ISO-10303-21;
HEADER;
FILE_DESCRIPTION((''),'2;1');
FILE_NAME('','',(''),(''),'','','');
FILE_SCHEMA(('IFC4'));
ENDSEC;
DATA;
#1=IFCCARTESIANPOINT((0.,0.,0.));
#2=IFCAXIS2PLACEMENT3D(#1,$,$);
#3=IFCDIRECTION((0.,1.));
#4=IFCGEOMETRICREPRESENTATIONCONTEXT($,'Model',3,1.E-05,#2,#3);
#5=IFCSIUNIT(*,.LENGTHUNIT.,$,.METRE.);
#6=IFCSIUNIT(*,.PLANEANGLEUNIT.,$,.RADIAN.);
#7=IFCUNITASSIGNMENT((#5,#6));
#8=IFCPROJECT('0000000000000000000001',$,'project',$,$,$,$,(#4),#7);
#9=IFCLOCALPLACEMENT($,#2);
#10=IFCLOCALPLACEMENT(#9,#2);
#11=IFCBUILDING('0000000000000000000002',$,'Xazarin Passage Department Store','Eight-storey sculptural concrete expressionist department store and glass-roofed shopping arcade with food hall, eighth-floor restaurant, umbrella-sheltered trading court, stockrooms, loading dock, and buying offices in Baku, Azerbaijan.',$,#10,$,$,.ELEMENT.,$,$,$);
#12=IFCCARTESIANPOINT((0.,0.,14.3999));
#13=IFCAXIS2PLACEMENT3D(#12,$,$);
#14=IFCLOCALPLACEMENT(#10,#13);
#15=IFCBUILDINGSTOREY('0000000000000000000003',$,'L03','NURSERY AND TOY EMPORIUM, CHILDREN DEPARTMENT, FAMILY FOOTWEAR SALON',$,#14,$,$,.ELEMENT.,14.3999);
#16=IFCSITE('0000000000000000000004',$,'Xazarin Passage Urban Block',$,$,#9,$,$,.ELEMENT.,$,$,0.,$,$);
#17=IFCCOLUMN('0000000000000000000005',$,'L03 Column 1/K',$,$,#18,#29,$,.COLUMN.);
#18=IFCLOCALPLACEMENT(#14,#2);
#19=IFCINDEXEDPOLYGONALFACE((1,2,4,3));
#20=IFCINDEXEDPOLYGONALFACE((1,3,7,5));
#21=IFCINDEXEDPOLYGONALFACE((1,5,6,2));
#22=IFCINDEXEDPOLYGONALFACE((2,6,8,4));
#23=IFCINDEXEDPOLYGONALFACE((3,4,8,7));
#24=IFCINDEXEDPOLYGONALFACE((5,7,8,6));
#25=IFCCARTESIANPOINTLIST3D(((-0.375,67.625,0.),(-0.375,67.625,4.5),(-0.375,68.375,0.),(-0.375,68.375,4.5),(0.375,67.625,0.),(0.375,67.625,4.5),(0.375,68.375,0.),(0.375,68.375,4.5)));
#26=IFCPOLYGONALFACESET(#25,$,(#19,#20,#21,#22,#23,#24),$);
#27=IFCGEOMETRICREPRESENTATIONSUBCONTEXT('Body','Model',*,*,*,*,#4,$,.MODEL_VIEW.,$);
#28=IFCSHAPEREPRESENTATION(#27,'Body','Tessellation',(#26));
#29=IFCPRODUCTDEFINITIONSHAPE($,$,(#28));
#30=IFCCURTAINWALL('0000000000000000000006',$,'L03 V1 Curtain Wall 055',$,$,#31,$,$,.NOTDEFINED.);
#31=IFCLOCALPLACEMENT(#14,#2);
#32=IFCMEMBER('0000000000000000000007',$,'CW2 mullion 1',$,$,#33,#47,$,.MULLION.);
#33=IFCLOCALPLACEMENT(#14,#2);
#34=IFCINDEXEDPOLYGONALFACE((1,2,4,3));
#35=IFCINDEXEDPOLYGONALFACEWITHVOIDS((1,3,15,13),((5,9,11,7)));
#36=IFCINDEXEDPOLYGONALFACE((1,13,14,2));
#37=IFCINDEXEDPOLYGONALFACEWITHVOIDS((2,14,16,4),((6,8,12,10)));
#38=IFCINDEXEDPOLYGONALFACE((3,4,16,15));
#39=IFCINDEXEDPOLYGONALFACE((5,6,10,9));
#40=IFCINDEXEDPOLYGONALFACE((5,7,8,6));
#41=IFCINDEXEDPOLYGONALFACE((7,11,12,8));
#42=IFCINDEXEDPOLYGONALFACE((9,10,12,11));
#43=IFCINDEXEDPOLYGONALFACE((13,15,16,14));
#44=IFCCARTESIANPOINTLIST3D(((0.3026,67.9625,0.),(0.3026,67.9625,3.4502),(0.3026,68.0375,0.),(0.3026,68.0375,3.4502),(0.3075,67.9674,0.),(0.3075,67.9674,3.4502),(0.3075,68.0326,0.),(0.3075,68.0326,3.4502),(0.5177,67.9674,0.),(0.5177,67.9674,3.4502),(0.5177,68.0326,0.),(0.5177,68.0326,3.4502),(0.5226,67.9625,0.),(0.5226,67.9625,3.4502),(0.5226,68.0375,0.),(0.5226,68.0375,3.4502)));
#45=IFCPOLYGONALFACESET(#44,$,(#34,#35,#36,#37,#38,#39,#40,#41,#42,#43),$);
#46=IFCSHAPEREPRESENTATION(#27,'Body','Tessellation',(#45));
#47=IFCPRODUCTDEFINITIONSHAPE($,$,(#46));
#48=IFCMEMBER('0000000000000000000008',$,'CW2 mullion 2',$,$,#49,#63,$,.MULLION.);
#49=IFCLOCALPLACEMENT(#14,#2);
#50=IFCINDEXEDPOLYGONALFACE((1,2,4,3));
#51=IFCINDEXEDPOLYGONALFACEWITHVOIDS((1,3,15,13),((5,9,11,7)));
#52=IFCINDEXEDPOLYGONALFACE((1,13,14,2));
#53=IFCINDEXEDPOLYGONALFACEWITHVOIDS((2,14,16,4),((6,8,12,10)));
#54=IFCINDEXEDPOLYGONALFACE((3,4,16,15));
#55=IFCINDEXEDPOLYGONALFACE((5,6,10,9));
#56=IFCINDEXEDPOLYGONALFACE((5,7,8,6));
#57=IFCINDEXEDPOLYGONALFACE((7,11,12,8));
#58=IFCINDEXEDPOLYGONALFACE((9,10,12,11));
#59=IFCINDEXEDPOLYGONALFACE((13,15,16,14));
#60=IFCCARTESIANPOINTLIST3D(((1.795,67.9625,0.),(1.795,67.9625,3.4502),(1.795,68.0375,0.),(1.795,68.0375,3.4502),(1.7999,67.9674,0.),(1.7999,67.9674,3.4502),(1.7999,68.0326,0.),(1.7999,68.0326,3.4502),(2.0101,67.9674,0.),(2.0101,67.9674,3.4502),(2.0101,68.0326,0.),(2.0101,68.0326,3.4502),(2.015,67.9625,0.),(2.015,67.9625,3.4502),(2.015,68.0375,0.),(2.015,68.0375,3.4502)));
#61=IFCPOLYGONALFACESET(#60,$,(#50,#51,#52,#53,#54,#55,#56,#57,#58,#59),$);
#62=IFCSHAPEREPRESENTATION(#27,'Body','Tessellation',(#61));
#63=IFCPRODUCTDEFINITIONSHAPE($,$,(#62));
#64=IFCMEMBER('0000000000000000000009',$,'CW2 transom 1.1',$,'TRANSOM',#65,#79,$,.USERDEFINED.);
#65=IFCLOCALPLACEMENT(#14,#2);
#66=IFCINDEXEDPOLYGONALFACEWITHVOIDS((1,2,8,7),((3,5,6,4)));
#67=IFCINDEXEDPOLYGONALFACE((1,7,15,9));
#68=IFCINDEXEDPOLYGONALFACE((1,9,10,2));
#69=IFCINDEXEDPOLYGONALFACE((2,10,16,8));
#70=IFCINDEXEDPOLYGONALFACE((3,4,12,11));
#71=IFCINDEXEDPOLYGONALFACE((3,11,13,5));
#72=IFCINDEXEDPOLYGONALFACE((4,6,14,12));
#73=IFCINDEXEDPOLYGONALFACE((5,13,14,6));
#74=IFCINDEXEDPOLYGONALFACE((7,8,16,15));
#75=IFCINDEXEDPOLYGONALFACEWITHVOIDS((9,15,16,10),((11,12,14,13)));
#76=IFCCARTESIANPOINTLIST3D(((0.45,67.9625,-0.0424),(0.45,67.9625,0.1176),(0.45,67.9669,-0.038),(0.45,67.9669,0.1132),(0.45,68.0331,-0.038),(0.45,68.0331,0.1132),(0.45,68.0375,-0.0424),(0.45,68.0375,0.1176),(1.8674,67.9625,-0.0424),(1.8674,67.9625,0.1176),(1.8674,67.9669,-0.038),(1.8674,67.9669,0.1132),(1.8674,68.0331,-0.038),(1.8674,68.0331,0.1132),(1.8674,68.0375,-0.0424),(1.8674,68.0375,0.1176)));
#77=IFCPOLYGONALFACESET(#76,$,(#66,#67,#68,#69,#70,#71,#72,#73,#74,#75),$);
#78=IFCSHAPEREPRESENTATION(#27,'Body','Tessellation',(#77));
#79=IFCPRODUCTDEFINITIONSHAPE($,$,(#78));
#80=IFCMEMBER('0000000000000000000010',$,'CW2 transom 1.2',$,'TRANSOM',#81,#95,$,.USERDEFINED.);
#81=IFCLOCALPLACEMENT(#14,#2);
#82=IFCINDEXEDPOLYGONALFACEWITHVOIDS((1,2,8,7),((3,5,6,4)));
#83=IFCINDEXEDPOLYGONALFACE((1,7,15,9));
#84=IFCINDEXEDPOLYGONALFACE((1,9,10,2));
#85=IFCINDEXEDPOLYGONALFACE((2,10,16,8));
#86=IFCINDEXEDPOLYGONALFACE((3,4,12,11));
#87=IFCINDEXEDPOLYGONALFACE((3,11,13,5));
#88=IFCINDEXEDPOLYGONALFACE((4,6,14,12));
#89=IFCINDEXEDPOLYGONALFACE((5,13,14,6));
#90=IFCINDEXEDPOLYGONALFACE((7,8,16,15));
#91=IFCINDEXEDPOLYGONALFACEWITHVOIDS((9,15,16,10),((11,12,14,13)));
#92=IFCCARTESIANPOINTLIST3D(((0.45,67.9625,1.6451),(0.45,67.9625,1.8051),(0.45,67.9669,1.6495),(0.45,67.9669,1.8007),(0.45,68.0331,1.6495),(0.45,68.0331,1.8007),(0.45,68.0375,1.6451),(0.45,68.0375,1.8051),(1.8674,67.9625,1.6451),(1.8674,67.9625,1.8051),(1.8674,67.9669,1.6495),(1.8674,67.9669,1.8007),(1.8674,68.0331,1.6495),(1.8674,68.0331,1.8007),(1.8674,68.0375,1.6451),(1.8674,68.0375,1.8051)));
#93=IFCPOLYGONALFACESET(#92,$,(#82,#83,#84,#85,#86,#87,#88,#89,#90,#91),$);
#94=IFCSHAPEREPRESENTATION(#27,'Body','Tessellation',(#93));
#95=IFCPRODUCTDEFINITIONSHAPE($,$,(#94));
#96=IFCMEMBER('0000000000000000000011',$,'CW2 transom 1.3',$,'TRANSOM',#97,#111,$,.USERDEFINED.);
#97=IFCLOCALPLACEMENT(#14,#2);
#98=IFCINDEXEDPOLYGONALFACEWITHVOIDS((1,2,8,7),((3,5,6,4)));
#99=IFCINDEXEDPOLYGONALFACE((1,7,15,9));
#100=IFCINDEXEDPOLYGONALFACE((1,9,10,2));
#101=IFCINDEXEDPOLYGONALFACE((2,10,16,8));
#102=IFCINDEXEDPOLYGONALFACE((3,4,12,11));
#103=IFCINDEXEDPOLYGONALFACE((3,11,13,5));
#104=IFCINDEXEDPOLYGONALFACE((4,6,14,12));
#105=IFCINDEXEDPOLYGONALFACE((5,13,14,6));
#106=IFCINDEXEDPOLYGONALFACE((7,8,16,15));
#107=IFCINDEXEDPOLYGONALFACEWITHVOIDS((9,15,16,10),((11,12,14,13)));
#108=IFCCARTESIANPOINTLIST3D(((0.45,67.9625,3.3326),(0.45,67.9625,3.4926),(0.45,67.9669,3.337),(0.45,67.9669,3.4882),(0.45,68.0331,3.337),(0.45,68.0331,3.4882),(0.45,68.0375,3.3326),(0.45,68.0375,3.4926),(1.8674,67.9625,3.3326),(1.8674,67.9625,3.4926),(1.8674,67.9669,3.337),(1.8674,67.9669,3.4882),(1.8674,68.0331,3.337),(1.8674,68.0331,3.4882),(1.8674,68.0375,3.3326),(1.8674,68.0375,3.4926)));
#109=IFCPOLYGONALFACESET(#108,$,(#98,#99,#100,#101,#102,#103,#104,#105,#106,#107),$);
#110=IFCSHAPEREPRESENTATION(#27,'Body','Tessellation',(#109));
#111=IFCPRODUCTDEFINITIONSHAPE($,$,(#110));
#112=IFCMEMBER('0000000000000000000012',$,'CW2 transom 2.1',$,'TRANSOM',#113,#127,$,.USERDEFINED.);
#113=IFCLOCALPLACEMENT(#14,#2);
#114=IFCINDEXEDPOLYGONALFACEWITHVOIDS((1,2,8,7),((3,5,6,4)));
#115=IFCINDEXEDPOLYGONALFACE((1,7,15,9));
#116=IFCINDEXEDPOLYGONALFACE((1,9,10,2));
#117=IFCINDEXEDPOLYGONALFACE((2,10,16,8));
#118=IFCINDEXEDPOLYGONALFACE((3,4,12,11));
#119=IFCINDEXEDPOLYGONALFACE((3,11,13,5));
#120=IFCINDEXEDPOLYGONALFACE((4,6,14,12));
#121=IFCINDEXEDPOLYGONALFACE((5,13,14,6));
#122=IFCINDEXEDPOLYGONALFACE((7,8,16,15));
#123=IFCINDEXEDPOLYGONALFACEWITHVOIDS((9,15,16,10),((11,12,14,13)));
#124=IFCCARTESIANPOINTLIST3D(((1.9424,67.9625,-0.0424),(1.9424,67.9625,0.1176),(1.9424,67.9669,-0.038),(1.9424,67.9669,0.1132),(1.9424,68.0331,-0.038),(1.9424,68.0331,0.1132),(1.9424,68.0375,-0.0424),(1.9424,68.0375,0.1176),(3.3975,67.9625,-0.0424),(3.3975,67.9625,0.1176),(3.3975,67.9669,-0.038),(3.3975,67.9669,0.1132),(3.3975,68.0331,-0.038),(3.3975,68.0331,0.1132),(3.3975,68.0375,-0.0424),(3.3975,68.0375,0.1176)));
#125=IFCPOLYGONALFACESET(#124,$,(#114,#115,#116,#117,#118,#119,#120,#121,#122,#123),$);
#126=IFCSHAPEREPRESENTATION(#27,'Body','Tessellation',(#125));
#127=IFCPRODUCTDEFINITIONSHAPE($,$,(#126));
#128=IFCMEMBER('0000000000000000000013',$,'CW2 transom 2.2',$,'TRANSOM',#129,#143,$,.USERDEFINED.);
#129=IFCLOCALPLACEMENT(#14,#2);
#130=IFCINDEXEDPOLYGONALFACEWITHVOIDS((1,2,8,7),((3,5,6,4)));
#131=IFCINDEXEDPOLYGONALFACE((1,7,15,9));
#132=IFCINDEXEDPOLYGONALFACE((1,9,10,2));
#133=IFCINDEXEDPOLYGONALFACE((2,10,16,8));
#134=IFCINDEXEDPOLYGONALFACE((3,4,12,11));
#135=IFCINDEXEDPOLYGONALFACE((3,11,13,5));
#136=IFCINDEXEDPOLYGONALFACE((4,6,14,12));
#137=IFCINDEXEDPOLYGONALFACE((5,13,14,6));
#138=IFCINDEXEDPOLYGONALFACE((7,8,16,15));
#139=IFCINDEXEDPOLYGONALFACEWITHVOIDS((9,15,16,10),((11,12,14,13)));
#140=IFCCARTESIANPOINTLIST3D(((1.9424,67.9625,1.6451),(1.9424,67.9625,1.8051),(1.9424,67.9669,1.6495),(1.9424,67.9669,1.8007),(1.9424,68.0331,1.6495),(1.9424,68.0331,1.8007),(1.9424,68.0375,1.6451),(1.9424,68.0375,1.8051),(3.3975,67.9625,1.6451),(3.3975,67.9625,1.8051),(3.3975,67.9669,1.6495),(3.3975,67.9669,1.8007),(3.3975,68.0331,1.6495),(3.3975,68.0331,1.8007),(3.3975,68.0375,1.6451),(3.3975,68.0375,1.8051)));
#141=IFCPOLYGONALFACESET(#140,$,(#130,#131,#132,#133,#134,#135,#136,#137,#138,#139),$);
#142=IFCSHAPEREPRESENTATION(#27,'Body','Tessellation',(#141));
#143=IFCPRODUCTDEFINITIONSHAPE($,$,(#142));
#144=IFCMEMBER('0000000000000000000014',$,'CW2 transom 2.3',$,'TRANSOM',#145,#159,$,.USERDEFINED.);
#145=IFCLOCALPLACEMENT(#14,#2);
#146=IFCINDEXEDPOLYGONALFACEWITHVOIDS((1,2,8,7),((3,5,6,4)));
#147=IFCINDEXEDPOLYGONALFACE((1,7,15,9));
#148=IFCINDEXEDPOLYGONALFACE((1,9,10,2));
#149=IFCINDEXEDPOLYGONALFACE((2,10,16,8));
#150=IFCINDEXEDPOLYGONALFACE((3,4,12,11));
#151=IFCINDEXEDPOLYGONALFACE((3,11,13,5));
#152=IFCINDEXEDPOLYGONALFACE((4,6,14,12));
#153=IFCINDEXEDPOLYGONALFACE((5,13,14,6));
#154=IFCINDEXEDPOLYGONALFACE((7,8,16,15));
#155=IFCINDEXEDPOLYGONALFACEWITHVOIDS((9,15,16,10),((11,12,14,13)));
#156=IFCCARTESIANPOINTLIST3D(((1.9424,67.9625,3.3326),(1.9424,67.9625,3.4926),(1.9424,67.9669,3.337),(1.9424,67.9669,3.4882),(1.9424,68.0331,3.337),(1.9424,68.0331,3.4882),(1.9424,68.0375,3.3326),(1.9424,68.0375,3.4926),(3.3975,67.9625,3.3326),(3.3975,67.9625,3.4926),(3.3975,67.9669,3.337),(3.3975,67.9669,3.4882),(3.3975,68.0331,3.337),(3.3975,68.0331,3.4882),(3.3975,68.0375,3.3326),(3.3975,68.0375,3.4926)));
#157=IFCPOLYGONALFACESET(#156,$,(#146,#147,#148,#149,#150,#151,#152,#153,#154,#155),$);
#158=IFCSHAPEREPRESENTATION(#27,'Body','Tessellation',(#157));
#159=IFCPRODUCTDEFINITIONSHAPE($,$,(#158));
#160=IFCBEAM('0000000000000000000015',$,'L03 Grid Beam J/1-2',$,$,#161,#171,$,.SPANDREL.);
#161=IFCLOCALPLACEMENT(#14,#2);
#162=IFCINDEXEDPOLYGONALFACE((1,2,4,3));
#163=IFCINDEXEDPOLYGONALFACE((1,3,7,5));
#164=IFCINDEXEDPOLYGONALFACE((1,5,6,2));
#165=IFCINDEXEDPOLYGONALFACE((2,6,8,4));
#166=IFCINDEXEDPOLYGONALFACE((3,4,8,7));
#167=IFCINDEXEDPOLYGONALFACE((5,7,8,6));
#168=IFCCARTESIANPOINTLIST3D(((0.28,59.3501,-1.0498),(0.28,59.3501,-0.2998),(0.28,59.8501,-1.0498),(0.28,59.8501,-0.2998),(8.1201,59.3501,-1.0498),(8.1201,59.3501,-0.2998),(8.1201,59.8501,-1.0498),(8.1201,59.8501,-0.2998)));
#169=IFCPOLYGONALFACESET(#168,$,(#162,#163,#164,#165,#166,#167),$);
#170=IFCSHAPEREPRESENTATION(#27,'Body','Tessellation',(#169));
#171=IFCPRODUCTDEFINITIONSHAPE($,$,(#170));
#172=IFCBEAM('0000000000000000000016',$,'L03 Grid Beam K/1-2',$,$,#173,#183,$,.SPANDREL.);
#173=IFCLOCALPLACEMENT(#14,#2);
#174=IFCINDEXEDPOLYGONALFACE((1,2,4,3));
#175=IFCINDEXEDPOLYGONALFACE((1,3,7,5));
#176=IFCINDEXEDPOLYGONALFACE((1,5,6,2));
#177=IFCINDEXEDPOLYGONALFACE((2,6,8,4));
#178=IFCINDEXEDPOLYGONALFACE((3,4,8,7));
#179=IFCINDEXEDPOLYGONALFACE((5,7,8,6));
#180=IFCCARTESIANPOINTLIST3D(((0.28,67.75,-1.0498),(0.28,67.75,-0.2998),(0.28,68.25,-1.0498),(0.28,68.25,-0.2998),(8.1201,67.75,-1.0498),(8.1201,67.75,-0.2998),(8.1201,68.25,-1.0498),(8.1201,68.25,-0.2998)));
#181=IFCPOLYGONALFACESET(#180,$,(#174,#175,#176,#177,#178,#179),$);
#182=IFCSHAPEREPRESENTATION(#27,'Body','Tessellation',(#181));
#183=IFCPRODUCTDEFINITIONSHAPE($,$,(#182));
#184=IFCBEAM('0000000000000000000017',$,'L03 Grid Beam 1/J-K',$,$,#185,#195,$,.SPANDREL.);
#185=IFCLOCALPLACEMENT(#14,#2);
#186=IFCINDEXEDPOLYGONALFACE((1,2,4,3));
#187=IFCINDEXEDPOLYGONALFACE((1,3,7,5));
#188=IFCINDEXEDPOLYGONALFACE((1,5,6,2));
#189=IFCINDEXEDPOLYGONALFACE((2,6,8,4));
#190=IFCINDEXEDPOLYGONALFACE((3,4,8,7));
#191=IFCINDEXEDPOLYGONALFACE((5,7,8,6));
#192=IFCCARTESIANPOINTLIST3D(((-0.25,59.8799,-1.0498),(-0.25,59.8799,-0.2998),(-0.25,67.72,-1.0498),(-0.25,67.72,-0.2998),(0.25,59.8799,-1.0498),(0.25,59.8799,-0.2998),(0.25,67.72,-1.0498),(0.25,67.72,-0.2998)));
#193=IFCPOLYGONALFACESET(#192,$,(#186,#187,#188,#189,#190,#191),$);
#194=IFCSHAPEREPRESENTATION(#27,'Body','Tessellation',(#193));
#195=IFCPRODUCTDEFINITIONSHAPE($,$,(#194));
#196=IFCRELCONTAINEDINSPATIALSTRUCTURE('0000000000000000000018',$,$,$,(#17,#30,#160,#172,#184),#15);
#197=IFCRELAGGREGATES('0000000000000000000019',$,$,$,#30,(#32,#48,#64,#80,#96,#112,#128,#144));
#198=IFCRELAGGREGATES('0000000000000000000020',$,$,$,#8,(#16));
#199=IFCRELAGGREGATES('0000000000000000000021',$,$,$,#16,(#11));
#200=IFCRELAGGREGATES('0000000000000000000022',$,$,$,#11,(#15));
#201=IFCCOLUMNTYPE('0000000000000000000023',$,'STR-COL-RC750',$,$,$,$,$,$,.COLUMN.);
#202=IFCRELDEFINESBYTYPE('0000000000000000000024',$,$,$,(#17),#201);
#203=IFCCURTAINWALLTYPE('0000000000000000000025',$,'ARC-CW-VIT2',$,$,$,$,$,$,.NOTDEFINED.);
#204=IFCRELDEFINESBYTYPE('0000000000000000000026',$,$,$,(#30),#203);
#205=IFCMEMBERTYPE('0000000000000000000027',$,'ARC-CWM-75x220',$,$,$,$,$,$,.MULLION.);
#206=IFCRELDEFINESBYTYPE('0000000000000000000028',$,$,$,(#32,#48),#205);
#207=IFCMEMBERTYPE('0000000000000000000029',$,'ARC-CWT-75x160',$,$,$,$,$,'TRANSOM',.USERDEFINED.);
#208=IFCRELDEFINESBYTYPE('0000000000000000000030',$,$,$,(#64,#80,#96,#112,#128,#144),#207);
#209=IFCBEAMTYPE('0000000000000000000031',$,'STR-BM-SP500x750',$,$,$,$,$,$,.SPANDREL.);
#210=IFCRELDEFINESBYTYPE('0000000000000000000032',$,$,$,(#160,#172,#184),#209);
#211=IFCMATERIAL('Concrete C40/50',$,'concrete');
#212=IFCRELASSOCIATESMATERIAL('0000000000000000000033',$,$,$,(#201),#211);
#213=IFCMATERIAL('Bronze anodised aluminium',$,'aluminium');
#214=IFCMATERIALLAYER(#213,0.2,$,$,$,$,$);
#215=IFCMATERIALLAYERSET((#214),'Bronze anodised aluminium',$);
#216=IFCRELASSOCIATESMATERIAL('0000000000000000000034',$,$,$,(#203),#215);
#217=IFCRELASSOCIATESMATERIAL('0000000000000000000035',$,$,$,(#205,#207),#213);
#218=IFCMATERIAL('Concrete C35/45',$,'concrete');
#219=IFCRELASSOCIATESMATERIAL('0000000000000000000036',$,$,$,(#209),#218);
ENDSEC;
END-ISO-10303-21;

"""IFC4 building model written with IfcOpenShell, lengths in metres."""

from ifc_helpers import new_model, si_unit, direction, frame, origin, origin_2d, place, context, subcontext, project, spatial, rectangle, hollow_rectangle, extrude, material, layer, layer_set, material_profile, profile_set, type_object, element, aggregate, save


model = new_model("IFC4")

# Units and contexts
model_context = context("Model", 3, precision=1e-05, world=origin(), true_north=direction((0.0, 1.0)))
body_context = subcontext(model_context, "Body", "Model", "MODEL_VIEW")
ifc_project = project(units=[si_unit("LENGTHUNIT", "METRE"), si_unit("PLANEANGLEUNIT", "RADIAN")], contexts=[model_context])

# Site, building, storey
site_placement = place(None, origin())
site = spatial("IfcSite", under=ifc_project, at=site_placement, Name="Xazarin Passage Urban Block", CompositionType="ELEMENT", RefElevation=0.0)
building_placement = place(site_placement, origin())
building = spatial("IfcBuilding", under=site, at=building_placement, Name="Xazarin Passage Department Store", Description="Eight-storey sculptural concrete expressionist department store and glass-roofed shopping arcade with food hall, eighth-floor restaurant, umbrella-sheltered trading court, stockrooms, loading dock, and buying offices in Baku, Azerbaijan.", CompositionType="ELEMENT")
storey_placement = place(building_placement, frame((0.0, 0.0, 14.3999)))
storey = spatial("IfcBuildingStorey", under=building, at=storey_placement, Name="L03", Description="NURSERY AND TOY EMPORIUM, CHILDREN DEPARTMENT, FAMILY FOOTWEAR SALON", CompositionType="ELEMENT", Elevation=14.3999)

# Column
ifc_material_1 = material(Name="Concrete C40/50", Category="concrete")
ifc_material_profile_1 = material_profile(ifc_material_1, rectangle(XDim=0.75, YDim=0.75, at=origin_2d()), Name="RC 750x750")
ifc_profile_set_1 = profile_set([ifc_material_profile_1], Name="Concrete C40/50")
column_type = type_object("IfcColumnType", Name="STR-COL-RC750", PredefinedType="COLUMN", material=ifc_profile_set_1)
column_placement = place(storey_placement, frame((0.0, 68.0, 0.0), z_axis=(0.0, 0.0, 1.0), x_axis=(1.0, 0.0, 0.0)))
element("IfcColumn", 1, at=column_placement, inside=storey, type_object=column_type, Name="L03 Column 1/K", PredefinedType="COLUMN", context=body_context, shape_type="SweptSolid", body=[
    extrude(rectangle(XDim=0.75, YDim=0.75, at=origin_2d()), origin(), (0.0, 0.0, 1.0), 4.5),
])

# Curtain wall, members
ifc_material_2 = material(Name="Bronze anodised aluminium", Category="aluminium")
ifc_layer_1 = layer(ifc_material_2, 0.2)
ifc_layer_set_1 = layer_set([ifc_layer_1], Name="Bronze anodised aluminium")
curtain_wall_type = type_object("IfcCurtainWallType", Name="ARC-CW-VIT2", PredefinedType="NOTDEFINED", material=ifc_layer_set_1)
curtain_wall_placement = place(storey_placement, origin())
curtain_wall = element("IfcCurtainWall", 2, at=curtain_wall_placement, inside=storey, type_object=curtain_wall_type, Name="L03 V1 Curtain Wall 055", PredefinedType="NOTDEFINED")
ifc_material_profile_2 = material_profile(ifc_material_2, hollow_rectangle(XDim=0.075, YDim=0.22, WallThickness=0.0049, at=origin_2d()), Name="ALU 75x220")
ifc_profile_set_2 = profile_set([ifc_material_profile_2], Name="Bronze anodised aluminium")
member_type_1 = type_object("IfcMemberType", Name="ARC-CWM-75x220", PredefinedType="MULLION", material=ifc_profile_set_2)
member_1_placement = place(storey_placement, frame((0.4126, 68.0, 0.0), z_axis=(0.0, 0.0, 1.0), x_axis=(0.0, 1.0, 0.0)))
member_1 = element("IfcMember", 3, at=member_1_placement, type_object=member_type_1, Name="CW2 mullion 1", PredefinedType="MULLION", context=body_context, shape_type="SweptSolid", body=[
    extrude(hollow_rectangle(XDim=0.075, YDim=0.22, WallThickness=0.0049, at=origin_2d()), origin(), (0.0, 0.0, 1.0), 3.4502),
])
member_2_placement = place(storey_placement, frame((1.905, 68.0, 0.0), z_axis=(0.0, 0.0, 1.0), x_axis=(0.0, 1.0, 0.0)))
member_2 = element("IfcMember", 4, at=member_2_placement, type_object=member_type_1, Name="CW2 mullion 2", PredefinedType="MULLION", context=body_context, shape_type="SweptSolid", body=[
    extrude(hollow_rectangle(XDim=0.075, YDim=0.22, WallThickness=0.0049, at=origin_2d()), origin(), (0.0, 0.0, 1.0), 3.4502),
])
ifc_material_profile_3 = material_profile(ifc_material_2, hollow_rectangle(XDim=0.075, YDim=0.1599, WallThickness=0.0044, at=origin_2d()), Name="ALU 75x160")
ifc_profile_set_3 = profile_set([ifc_material_profile_3], Name="Bronze anodised aluminium")
member_type_2 = type_object("IfcMemberType", Name="ARC-CWT-75x160", ElementType="TRANSOM", PredefinedType="USERDEFINED", material=ifc_profile_set_3)
member_3_placement = place(storey_placement, frame((0.45, 68.0, 0.0376), z_axis=(1.0, 0.0, 0.0), x_axis=(0.0, 1.0, 0.0)))
member_3 = element("IfcMember", 5, at=member_3_placement, type_object=member_type_2, Name="CW2 transom 1.1", ObjectType="TRANSOM", PredefinedType="USERDEFINED", context=body_context, shape_type="SweptSolid", body=[
    extrude(hollow_rectangle(XDim=0.075, YDim=0.1599, WallThickness=0.0044, at=origin_2d()), origin(), (0.0, 0.0, 1.0), 1.4175),
])
member_4_placement = place(storey_placement, frame((0.45, 68.0, 1.7251), z_axis=(1.0, 0.0, 0.0), x_axis=(0.0, 1.0, 0.0)))
member_4 = element("IfcMember", 6, at=member_4_placement, type_object=member_type_2, Name="CW2 transom 1.2", ObjectType="TRANSOM", PredefinedType="USERDEFINED", context=body_context, shape_type="SweptSolid", body=[
    extrude(hollow_rectangle(XDim=0.075, YDim=0.1599, WallThickness=0.0044, at=origin_2d()), origin(), (0.0, 0.0, 1.0), 1.4175),
])
member_5_placement = place(storey_placement, frame((0.45, 68.0, 3.4126), z_axis=(1.0, 0.0, 0.0), x_axis=(0.0, 1.0, 0.0)))
member_5 = element("IfcMember", 7, at=member_5_placement, type_object=member_type_2, Name="CW2 transom 1.3", ObjectType="TRANSOM", PredefinedType="USERDEFINED", context=body_context, shape_type="SweptSolid", body=[
    extrude(hollow_rectangle(XDim=0.075, YDim=0.1599, WallThickness=0.0044, at=origin_2d()), origin(), (0.0, 0.0, 1.0), 1.4175),
])
member_6_placement = place(storey_placement, frame((1.9424, 68.0, 0.0376), z_axis=(1.0, 0.0, 0.0), x_axis=(0.0, 1.0, 0.0)))
member_6 = element("IfcMember", 8, at=member_6_placement, type_object=member_type_2, Name="CW2 transom 2.1", ObjectType="TRANSOM", PredefinedType="USERDEFINED", context=body_context, shape_type="SweptSolid", body=[
    extrude(hollow_rectangle(XDim=0.075, YDim=0.1599, WallThickness=0.0044, at=origin_2d()), origin(), (0.0, 0.0, 1.0), 1.4551),
])
member_7_placement = place(storey_placement, frame((1.9424, 68.0, 1.7251), z_axis=(1.0, 0.0, 0.0), x_axis=(0.0, 1.0, 0.0)))
member_7 = element("IfcMember", 9, at=member_7_placement, type_object=member_type_2, Name="CW2 transom 2.2", ObjectType="TRANSOM", PredefinedType="USERDEFINED", context=body_context, shape_type="SweptSolid", body=[
    extrude(hollow_rectangle(XDim=0.075, YDim=0.1599, WallThickness=0.0044, at=origin_2d()), origin(), (0.0, 0.0, 1.0), 1.4551),
])
member_8_placement = place(storey_placement, frame((1.9424, 68.0, 3.4126), z_axis=(1.0, 0.0, 0.0), x_axis=(0.0, 1.0, 0.0)))
member_8 = element("IfcMember", 10, at=member_8_placement, type_object=member_type_2, Name="CW2 transom 2.3", ObjectType="TRANSOM", PredefinedType="USERDEFINED", context=body_context, shape_type="SweptSolid", body=[
    extrude(hollow_rectangle(XDim=0.075, YDim=0.1599, WallThickness=0.0044, at=origin_2d()), origin(), (0.0, 0.0, 1.0), 1.4551),
])

# Beams
ifc_material_3 = material(Name="Concrete C35/45", Category="concrete")
ifc_material_profile_4 = material_profile(ifc_material_3, rectangle(XDim=0.5, YDim=0.75, at=origin_2d()), Name="RC 500x750")
ifc_profile_set_4 = profile_set([ifc_material_profile_4], Name="Concrete C35/45")
beam_type = type_object("IfcBeamType", Name="STR-BM-SP500x750", PredefinedType="SPANDREL", material=ifc_profile_set_4)
for number, where, z_axis, x_axis, name in (
    (11, (0.28, 59.6001, -0.6748), (1.0, 0.0, 0.0), (0.0, 1.0, 0.0), "L03 Grid Beam J/1-2"),
    (12, (0.28, 68.0, -0.6748), (1.0, 0.0, 0.0), (0.0, 1.0, 0.0), "L03 Grid Beam K/1-2"),
    (13, (0.0, 59.8799, -0.6748), (0.0, 1.0, 0.0), (-1.0, 0.0, 0.0), "L03 Grid Beam 1/J-K"),
):
    element("IfcBeam", number, at=place(storey_placement, frame(where, z_axis=z_axis, x_axis=x_axis)), inside=storey, type_object=beam_type, Name=name, PredefinedType="SPANDREL", context=body_context, shape_type="SweptSolid", body=[
        extrude(rectangle(XDim=0.5, YDim=0.75, at=origin_2d()), origin(), (0.0, 0.0, 1.0), 7.8401),
    ])

aggregate(curtain_wall, [member_1, member_2, member_3, member_4, member_5, member_6, member_7, member_8])

save(model, "model.ifc")
